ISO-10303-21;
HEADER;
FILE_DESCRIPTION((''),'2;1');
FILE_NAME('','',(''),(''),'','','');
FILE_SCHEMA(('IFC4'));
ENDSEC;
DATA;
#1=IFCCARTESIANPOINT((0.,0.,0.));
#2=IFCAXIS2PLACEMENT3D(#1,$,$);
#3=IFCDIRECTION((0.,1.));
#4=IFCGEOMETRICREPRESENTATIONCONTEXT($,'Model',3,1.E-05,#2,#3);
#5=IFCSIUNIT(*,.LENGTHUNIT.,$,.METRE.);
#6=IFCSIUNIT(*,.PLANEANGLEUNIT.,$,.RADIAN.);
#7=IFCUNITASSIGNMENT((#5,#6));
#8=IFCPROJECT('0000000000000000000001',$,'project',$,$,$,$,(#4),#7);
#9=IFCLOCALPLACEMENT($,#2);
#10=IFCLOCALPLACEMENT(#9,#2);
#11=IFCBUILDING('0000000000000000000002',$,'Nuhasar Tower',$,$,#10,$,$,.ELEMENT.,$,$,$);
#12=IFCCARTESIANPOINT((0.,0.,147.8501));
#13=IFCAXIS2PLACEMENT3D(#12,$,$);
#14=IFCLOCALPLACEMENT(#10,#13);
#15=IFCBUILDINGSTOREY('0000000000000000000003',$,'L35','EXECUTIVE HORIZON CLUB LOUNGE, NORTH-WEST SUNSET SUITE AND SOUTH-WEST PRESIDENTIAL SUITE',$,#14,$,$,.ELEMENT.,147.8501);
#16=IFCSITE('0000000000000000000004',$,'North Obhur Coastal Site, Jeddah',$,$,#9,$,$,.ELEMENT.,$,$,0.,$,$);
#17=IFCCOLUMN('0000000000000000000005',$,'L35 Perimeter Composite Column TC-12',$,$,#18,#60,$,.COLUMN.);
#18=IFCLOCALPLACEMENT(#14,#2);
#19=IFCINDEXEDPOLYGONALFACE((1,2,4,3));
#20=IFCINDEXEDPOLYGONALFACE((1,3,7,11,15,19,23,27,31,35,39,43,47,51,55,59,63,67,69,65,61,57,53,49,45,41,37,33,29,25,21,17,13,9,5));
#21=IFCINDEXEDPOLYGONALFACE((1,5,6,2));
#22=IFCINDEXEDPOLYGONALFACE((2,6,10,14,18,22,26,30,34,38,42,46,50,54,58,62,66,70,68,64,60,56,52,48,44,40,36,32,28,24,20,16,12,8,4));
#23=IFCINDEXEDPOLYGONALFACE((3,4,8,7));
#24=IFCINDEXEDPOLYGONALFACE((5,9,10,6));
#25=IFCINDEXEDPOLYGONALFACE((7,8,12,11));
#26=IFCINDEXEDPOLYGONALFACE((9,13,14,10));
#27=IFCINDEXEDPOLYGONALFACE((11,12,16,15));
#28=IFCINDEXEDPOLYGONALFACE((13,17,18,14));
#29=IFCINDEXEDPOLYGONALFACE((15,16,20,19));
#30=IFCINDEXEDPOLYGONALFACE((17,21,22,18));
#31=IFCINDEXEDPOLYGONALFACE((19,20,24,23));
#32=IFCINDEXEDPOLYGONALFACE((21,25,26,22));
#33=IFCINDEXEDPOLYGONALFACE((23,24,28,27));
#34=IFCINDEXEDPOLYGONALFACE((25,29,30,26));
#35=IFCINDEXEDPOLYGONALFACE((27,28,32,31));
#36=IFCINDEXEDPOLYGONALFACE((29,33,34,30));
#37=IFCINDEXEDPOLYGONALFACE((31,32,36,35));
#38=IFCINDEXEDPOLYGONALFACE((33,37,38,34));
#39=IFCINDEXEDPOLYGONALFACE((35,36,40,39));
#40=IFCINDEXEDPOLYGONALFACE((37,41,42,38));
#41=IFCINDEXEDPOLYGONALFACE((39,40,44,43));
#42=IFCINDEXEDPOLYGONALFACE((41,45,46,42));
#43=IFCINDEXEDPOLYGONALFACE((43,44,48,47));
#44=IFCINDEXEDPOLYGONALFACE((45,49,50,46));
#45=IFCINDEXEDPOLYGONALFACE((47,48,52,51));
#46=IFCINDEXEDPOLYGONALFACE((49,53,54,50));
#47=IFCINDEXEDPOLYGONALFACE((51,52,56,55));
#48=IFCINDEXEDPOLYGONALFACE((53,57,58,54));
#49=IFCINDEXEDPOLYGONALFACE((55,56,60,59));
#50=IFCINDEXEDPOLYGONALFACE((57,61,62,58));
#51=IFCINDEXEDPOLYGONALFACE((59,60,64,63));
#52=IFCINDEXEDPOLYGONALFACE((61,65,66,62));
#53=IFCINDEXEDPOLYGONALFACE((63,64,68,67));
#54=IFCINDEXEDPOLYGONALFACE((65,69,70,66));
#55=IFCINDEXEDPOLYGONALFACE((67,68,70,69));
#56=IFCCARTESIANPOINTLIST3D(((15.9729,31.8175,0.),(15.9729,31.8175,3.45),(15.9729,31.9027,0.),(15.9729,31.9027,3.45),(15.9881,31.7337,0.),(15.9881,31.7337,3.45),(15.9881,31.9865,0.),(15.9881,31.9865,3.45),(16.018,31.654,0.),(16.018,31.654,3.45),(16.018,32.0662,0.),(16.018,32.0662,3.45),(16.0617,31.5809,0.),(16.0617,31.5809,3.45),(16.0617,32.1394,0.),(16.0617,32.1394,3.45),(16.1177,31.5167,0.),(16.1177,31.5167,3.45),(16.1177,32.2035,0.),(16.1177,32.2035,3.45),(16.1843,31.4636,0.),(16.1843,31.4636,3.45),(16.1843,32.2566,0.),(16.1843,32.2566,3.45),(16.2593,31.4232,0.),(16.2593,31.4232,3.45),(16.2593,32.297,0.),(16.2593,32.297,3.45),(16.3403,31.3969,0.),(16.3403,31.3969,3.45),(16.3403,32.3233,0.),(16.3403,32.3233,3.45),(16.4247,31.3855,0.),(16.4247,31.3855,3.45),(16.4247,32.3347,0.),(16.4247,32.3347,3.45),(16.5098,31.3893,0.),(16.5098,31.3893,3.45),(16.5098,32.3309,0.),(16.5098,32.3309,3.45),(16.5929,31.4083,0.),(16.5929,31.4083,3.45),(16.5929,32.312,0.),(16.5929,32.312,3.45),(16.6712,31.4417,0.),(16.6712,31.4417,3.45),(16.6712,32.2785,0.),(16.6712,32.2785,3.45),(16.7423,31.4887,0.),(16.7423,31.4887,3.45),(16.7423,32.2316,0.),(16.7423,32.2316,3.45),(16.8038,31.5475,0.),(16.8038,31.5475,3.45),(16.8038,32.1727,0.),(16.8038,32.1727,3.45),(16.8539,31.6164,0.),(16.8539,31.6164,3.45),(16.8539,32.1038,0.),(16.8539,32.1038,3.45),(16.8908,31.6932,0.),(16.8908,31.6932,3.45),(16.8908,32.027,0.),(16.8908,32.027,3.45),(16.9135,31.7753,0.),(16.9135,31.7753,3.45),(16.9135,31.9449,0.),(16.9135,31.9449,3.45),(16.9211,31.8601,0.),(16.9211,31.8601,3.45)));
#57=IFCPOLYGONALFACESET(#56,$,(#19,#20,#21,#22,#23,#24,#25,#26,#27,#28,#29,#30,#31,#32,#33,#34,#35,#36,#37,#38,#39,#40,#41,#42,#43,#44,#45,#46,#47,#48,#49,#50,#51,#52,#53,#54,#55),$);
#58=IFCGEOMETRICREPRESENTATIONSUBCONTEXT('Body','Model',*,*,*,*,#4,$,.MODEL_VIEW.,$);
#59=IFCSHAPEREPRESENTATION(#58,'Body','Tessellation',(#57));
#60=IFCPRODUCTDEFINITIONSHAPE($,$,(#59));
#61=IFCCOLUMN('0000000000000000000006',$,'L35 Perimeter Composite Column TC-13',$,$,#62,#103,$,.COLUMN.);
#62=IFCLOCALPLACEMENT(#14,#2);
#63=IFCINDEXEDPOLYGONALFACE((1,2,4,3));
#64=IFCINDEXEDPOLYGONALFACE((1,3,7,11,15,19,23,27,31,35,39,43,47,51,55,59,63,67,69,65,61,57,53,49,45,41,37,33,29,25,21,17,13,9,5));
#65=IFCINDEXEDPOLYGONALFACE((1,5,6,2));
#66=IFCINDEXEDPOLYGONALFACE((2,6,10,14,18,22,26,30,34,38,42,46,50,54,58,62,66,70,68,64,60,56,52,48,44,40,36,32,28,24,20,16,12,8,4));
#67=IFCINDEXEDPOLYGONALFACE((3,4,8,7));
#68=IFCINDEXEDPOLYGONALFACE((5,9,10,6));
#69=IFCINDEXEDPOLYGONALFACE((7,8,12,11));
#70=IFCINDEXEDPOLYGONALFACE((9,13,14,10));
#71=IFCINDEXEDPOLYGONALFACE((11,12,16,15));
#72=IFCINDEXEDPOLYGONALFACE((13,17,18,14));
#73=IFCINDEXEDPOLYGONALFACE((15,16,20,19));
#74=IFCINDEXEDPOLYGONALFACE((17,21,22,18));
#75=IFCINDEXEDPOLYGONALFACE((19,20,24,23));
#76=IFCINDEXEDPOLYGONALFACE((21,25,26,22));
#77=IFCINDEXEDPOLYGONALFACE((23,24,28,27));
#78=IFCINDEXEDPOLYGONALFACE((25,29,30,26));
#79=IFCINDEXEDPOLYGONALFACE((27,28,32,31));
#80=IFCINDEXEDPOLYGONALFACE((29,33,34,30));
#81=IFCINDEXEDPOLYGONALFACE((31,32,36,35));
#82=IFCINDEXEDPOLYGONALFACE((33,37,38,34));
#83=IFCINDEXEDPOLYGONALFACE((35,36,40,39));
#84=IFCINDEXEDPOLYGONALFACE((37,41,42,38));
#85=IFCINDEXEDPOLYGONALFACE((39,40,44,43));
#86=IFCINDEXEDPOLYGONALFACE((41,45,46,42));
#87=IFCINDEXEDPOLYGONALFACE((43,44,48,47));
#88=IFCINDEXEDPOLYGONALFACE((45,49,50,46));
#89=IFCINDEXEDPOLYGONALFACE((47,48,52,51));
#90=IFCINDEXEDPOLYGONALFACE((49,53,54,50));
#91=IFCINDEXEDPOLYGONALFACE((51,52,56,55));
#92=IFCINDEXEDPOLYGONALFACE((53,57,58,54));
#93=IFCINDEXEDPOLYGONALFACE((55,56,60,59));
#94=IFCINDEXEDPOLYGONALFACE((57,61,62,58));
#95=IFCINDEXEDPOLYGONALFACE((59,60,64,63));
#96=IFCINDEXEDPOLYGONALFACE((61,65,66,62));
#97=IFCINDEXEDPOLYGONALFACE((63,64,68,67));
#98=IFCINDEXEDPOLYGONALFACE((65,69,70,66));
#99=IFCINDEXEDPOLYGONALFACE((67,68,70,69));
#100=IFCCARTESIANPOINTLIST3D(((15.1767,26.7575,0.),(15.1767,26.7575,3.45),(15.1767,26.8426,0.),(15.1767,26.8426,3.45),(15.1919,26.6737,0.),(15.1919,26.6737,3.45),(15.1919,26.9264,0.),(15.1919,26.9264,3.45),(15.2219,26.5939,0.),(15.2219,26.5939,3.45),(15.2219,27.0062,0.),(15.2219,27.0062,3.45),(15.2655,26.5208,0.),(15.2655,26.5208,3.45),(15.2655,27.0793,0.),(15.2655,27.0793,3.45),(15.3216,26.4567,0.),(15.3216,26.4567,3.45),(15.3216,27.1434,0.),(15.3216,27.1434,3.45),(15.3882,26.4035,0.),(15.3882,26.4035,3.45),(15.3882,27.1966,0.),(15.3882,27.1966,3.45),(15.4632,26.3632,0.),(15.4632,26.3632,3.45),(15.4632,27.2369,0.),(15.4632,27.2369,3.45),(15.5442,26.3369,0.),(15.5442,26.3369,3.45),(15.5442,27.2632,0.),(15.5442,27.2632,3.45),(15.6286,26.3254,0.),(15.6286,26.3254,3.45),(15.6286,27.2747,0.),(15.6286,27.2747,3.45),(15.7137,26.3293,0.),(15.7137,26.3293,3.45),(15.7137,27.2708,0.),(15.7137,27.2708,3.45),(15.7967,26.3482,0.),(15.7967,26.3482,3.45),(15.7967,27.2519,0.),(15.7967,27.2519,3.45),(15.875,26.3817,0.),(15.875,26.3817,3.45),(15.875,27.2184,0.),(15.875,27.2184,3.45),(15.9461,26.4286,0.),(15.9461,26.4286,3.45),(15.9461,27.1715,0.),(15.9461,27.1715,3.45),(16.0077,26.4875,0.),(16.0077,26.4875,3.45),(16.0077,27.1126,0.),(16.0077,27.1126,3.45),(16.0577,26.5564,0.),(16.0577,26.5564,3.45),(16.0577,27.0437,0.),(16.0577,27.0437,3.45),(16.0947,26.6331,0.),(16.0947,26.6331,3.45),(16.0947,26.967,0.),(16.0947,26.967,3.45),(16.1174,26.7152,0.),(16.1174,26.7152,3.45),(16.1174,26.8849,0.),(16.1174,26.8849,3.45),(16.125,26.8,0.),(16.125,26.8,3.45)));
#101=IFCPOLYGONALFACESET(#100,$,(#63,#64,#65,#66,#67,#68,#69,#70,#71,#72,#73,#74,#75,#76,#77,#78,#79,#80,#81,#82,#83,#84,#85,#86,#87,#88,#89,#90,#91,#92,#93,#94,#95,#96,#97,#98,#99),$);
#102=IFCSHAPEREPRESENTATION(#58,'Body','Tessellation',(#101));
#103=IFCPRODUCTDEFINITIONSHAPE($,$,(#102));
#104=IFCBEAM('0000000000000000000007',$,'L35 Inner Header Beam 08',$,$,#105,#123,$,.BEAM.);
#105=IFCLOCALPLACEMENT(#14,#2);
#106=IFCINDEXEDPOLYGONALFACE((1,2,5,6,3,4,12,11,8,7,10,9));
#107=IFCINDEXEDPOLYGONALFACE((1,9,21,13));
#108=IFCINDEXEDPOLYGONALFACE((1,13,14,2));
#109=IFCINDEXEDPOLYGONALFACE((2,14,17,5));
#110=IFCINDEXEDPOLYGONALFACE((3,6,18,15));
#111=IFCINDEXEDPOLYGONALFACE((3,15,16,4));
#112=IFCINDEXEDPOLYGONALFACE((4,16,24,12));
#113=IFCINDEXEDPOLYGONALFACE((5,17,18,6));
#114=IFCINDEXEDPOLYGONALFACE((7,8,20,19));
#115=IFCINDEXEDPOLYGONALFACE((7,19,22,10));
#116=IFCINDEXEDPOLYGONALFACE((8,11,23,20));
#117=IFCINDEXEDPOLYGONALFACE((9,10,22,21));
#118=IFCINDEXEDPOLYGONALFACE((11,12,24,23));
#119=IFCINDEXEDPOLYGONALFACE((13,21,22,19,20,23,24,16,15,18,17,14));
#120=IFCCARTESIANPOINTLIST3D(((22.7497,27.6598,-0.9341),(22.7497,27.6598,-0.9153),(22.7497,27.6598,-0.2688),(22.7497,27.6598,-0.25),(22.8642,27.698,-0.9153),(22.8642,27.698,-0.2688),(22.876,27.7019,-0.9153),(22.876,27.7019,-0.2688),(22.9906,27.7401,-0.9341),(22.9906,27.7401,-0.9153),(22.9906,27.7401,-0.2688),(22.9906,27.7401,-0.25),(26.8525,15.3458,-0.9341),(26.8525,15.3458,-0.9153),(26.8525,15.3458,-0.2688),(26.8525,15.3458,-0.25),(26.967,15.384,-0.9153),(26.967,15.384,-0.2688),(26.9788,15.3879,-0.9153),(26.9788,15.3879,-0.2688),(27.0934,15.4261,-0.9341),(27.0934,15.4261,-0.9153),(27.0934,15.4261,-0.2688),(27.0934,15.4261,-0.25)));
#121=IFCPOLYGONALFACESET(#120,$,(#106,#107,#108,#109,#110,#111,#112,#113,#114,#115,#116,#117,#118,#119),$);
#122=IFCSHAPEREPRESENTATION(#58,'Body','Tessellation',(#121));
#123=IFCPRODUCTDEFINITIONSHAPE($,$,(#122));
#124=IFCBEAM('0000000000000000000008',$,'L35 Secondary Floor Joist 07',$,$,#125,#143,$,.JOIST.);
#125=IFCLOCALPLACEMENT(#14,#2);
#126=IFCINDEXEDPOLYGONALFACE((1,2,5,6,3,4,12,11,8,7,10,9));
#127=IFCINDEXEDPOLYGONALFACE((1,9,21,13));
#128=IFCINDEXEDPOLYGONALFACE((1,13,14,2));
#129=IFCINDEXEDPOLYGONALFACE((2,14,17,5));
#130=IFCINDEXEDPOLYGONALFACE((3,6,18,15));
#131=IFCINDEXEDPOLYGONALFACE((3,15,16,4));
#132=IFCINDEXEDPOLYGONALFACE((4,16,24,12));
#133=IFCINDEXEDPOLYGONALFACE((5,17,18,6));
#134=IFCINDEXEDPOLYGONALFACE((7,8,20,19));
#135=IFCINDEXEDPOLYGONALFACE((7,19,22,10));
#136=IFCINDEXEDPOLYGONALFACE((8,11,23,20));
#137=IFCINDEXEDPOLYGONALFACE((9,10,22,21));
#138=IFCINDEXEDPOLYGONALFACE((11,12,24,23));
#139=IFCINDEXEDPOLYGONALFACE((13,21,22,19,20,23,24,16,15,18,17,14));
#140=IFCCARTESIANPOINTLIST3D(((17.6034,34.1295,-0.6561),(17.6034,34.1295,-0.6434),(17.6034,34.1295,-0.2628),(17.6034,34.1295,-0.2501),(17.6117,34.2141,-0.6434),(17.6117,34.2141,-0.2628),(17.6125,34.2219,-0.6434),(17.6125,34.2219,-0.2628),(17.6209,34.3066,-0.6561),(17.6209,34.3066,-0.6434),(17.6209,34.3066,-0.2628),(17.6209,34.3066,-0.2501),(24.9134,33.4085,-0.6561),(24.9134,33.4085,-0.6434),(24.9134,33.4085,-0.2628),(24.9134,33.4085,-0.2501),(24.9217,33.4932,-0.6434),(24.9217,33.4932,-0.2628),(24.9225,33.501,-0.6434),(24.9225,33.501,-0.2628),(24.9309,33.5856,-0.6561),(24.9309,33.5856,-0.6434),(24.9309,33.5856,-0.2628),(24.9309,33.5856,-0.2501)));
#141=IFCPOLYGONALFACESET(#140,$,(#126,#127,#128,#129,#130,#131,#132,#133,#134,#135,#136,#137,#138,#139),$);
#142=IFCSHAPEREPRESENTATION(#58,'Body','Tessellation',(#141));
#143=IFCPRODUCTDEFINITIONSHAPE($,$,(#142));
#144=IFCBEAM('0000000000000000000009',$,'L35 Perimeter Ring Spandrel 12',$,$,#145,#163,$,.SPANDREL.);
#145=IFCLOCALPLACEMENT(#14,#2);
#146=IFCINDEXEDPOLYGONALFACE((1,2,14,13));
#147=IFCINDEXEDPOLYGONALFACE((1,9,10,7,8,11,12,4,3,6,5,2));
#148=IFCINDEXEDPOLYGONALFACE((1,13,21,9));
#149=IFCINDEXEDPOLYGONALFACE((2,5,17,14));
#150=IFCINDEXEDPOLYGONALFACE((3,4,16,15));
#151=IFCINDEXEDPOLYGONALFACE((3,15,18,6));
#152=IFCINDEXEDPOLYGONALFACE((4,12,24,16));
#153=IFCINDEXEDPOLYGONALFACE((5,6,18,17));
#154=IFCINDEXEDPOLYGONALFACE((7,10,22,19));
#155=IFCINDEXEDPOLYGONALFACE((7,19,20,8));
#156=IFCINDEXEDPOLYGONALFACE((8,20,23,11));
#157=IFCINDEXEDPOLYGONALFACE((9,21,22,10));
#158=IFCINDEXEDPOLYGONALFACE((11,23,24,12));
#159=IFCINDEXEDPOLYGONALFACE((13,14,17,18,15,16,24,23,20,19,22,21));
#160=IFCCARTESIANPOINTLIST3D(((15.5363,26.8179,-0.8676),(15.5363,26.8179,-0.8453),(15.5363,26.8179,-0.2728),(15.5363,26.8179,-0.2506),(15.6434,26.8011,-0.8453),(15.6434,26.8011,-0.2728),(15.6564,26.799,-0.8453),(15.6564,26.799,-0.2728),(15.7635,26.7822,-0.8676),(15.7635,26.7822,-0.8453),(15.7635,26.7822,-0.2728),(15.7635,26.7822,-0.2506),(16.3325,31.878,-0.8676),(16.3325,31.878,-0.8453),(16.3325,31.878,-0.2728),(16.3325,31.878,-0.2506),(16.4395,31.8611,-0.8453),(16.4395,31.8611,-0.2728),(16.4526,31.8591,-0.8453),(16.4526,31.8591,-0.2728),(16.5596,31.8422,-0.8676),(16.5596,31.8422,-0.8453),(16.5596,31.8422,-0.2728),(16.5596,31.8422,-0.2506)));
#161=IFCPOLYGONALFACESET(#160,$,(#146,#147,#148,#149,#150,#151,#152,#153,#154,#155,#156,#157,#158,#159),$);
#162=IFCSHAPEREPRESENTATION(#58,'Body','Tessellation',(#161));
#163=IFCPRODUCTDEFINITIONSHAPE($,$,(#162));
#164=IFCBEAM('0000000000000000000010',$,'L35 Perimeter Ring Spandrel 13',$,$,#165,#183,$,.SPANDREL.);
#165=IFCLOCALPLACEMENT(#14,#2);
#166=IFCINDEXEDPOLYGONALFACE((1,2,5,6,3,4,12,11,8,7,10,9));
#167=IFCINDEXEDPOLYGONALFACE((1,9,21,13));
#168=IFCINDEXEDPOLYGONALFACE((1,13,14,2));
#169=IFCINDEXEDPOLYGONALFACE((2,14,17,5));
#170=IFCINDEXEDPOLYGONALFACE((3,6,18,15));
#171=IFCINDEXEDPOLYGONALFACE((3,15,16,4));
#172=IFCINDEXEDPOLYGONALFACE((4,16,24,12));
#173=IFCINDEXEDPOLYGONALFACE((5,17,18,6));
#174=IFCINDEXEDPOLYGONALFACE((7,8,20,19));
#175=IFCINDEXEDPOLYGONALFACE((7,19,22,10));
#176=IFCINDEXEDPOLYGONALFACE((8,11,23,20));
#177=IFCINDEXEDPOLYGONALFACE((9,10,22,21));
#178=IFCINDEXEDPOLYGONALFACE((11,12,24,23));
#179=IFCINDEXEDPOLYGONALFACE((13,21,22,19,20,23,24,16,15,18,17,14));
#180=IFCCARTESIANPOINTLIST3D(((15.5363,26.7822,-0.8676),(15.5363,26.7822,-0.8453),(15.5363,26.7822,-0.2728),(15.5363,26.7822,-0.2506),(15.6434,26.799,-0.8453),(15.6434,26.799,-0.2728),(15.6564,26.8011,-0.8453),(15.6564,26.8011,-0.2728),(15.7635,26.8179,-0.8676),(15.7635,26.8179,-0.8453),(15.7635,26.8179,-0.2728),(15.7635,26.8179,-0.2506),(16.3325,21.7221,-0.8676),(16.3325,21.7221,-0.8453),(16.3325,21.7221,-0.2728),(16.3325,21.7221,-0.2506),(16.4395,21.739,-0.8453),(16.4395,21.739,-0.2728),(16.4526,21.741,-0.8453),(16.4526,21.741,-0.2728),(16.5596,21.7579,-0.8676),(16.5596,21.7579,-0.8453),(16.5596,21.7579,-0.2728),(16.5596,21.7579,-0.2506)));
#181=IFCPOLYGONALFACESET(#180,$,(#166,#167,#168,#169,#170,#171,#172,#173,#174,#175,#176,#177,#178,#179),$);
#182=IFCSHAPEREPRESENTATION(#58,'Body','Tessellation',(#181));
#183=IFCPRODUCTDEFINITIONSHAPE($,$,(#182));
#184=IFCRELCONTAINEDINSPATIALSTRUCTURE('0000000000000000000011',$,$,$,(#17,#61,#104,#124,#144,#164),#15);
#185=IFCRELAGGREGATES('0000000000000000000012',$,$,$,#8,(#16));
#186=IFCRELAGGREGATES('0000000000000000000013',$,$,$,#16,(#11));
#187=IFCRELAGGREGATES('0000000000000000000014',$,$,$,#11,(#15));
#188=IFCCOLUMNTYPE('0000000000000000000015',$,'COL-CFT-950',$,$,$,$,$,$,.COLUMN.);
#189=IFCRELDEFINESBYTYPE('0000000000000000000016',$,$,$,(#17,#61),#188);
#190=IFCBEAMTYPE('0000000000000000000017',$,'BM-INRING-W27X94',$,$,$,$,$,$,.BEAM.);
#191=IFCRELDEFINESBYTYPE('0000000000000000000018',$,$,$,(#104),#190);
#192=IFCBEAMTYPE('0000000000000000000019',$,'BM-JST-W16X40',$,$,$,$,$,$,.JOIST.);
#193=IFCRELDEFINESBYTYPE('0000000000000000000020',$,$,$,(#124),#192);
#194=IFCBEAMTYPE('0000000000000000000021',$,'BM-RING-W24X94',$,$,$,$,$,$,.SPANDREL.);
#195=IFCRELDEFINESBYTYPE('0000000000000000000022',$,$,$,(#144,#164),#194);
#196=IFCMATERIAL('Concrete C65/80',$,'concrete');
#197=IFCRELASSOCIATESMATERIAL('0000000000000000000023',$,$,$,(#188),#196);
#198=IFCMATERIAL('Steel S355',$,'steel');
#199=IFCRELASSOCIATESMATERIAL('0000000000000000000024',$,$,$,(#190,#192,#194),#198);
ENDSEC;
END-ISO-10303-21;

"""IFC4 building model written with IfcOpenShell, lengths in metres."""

from ifc_helpers import new_model, si_unit, direction, frame, origin, origin_2d, place, context, subcontext, project, spatial, circle, i_section, extrude, material, material_profile, profile_set, type_object, element, save


model = new_model("IFC4")

# Units and contexts
model_context = context("Model", 3, precision=1e-05, world=origin(), true_north=direction((0.0, 1.0)))
body_context = subcontext(model_context, "Body", "Model", "MODEL_VIEW")
ifc_project = project(units=[si_unit("LENGTHUNIT", "METRE"), si_unit("PLANEANGLEUNIT", "RADIAN")], contexts=[model_context])

# Site, building, storey
site_placement = place(None, origin())
site = spatial("IfcSite", under=ifc_project, at=site_placement, Name="North Obhur Coastal Site, Jeddah", CompositionType="ELEMENT", RefElevation=0.0)
building_placement = place(site_placement, origin())
building = spatial("IfcBuilding", under=site, at=building_placement, Name="Nuhasar Tower", CompositionType="ELEMENT")
storey_placement = place(building_placement, frame((0.0, 0.0, 147.8501)))
storey = spatial("IfcBuildingStorey", under=building, at=storey_placement, Name="L35", Description="EXECUTIVE HORIZON CLUB LOUNGE, NORTH-WEST SUNSET SUITE AND SOUTH-WEST PRESIDENTIAL SUITE", CompositionType="ELEMENT", Elevation=147.8501)

# Columns
ifc_material_1 = material(Name="Concrete C65/80", Category="concrete")
ifc_material_profile_1 = material_profile(ifc_material_1, circle(Radius=0.4751, at=origin_2d()), Name="CFT950")
ifc_profile_set_1 = profile_set([ifc_material_profile_1], Name="Concrete C65/80")
column_type = type_object("IfcColumnType", Name="COL-CFT-950", PredefinedType="COLUMN", material=ifc_profile_set_1)
for number, where, z_axis, x_axis, name in (
    (1, (16.446, 31.8601, 0.0), (0.0, 0.0, 1.0), (1.0, 0.0, 0.0), "L35 Perimeter Composite Column TC-12"),
    (2, (15.6499, 26.8, 0.0), (0.0, 0.0, 1.0), (1.0, 0.0, 0.0), "L35 Perimeter Composite Column TC-13"),
):
    element("IfcColumn", number, at=place(storey_placement, frame(where, z_axis=z_axis, x_axis=x_axis)), inside=storey, type_object=column_type, Name=name, PredefinedType="COLUMN", context=body_context, shape_type="SweptSolid", body=[
        extrude(circle(Radius=0.4751, at=origin_2d()), origin(), (0.0, 0.0, 1.0), 3.45),
    ])

# Beams
ifc_material_2 = material(Name="Steel S355", Category="steel")
ifc_material_profile_2 = material_profile(ifc_material_2, i_section(OverallWidth=0.2539, OverallDepth=0.6841, WebThickness=0.0125, FlangeThickness=0.0188, at=origin_2d()), Name="W27X94")
ifc_profile_set_2 = profile_set([ifc_material_profile_2], Name="Steel S355")
beam_type_1 = type_object("IfcBeamType", Name="BM-INRING-W27X94", PredefinedType="BEAM", material=ifc_profile_set_2)
beam_1_placement = place(storey_placement, frame((22.8701, 27.7, -0.592), z_axis=(0.316098, -0.948727, 0.0), x_axis=(0.948727, 0.316098, 0.0)))
element("IfcBeam", 3, at=beam_1_placement, inside=storey, type_object=beam_type_1, Name="L35 Inner Header Beam 08", PredefinedType="BEAM", context=body_context, shape_type="SweptSolid", body=[
    extrude(i_section(OverallWidth=0.2539, OverallDepth=0.6841, WebThickness=0.0125, FlangeThickness=0.0188, at=origin_2d()), origin(), (0.0, 0.0, 1.0), 12.9795),
])
ifc_material_profile_3 = material_profile(ifc_material_2, i_section(OverallWidth=0.178, OverallDepth=0.406, WebThickness=0.0078, FlangeThickness=0.0127, at=origin_2d()), Name="W16X40")
ifc_profile_set_3 = profile_set([ifc_material_profile_3], Name="Steel S355")
beam_type_2 = type_object("IfcBeamType", Name="BM-JST-W16X40", PredefinedType="JOIST", material=ifc_profile_set_3)
beam_2_placement = place(storey_placement, frame((24.9221, 33.4971, -0.4531), z_axis=(-0.995172, 0.098148, 0.0), x_axis=(-0.098148, -0.995172, 0.0)))
element("IfcBeam", 4, at=beam_2_placement, inside=storey, type_object=beam_type_2, Name="L35 Secondary Floor Joist 07", PredefinedType="JOIST", context=body_context, shape_type="SweptSolid", body=[
    extrude(i_section(OverallWidth=0.178, OverallDepth=0.406, WebThickness=0.0078, FlangeThickness=0.0127, at=origin_2d()), origin(), (0.0, 0.0, 1.0), 7.3455),
])
ifc_material_profile_4 = material_profile(ifc_material_2, i_section(OverallWidth=0.23, OverallDepth=0.6169, WebThickness=0.0132, FlangeThickness=0.0222, at=origin_2d()), Name="W24X94")
ifc_profile_set_4 = profile_set([ifc_material_profile_4], Name="Steel S355")
beam_type_3 = type_object("IfcBeamType", Name="BM-RING-W24X94", PredefinedType="SPANDREL", material=ifc_profile_set_4)
for number, where, z_axis, x_axis, name in (
    (5, (16.446, 31.8601, -0.5591), (-0.155427, -0.987847, 0.0), (0.987847, -0.155427, 0.0), "L35 Perimeter Ring Spandrel 12"),
    (6, (15.6499, 26.8, -0.5591), (0.155427, -0.987847, 0.0), (0.987847, 0.155427, 0.0), "L35 Perimeter Ring Spandrel 13"),
):
    element("IfcBeam", number, at=place(storey_placement, frame(where, z_axis=z_axis, x_axis=x_axis)), inside=storey, type_object=beam_type_3, Name=name, PredefinedType="SPANDREL", context=body_context, shape_type="SweptSolid", body=[
        extrude(i_section(OverallWidth=0.23, OverallDepth=0.6169, WebThickness=0.0132, FlangeThickness=0.0222, at=origin_2d()), origin(), (0.0, 0.0, 1.0), 5.1223),
    ])

save(model, "model.ifc")
